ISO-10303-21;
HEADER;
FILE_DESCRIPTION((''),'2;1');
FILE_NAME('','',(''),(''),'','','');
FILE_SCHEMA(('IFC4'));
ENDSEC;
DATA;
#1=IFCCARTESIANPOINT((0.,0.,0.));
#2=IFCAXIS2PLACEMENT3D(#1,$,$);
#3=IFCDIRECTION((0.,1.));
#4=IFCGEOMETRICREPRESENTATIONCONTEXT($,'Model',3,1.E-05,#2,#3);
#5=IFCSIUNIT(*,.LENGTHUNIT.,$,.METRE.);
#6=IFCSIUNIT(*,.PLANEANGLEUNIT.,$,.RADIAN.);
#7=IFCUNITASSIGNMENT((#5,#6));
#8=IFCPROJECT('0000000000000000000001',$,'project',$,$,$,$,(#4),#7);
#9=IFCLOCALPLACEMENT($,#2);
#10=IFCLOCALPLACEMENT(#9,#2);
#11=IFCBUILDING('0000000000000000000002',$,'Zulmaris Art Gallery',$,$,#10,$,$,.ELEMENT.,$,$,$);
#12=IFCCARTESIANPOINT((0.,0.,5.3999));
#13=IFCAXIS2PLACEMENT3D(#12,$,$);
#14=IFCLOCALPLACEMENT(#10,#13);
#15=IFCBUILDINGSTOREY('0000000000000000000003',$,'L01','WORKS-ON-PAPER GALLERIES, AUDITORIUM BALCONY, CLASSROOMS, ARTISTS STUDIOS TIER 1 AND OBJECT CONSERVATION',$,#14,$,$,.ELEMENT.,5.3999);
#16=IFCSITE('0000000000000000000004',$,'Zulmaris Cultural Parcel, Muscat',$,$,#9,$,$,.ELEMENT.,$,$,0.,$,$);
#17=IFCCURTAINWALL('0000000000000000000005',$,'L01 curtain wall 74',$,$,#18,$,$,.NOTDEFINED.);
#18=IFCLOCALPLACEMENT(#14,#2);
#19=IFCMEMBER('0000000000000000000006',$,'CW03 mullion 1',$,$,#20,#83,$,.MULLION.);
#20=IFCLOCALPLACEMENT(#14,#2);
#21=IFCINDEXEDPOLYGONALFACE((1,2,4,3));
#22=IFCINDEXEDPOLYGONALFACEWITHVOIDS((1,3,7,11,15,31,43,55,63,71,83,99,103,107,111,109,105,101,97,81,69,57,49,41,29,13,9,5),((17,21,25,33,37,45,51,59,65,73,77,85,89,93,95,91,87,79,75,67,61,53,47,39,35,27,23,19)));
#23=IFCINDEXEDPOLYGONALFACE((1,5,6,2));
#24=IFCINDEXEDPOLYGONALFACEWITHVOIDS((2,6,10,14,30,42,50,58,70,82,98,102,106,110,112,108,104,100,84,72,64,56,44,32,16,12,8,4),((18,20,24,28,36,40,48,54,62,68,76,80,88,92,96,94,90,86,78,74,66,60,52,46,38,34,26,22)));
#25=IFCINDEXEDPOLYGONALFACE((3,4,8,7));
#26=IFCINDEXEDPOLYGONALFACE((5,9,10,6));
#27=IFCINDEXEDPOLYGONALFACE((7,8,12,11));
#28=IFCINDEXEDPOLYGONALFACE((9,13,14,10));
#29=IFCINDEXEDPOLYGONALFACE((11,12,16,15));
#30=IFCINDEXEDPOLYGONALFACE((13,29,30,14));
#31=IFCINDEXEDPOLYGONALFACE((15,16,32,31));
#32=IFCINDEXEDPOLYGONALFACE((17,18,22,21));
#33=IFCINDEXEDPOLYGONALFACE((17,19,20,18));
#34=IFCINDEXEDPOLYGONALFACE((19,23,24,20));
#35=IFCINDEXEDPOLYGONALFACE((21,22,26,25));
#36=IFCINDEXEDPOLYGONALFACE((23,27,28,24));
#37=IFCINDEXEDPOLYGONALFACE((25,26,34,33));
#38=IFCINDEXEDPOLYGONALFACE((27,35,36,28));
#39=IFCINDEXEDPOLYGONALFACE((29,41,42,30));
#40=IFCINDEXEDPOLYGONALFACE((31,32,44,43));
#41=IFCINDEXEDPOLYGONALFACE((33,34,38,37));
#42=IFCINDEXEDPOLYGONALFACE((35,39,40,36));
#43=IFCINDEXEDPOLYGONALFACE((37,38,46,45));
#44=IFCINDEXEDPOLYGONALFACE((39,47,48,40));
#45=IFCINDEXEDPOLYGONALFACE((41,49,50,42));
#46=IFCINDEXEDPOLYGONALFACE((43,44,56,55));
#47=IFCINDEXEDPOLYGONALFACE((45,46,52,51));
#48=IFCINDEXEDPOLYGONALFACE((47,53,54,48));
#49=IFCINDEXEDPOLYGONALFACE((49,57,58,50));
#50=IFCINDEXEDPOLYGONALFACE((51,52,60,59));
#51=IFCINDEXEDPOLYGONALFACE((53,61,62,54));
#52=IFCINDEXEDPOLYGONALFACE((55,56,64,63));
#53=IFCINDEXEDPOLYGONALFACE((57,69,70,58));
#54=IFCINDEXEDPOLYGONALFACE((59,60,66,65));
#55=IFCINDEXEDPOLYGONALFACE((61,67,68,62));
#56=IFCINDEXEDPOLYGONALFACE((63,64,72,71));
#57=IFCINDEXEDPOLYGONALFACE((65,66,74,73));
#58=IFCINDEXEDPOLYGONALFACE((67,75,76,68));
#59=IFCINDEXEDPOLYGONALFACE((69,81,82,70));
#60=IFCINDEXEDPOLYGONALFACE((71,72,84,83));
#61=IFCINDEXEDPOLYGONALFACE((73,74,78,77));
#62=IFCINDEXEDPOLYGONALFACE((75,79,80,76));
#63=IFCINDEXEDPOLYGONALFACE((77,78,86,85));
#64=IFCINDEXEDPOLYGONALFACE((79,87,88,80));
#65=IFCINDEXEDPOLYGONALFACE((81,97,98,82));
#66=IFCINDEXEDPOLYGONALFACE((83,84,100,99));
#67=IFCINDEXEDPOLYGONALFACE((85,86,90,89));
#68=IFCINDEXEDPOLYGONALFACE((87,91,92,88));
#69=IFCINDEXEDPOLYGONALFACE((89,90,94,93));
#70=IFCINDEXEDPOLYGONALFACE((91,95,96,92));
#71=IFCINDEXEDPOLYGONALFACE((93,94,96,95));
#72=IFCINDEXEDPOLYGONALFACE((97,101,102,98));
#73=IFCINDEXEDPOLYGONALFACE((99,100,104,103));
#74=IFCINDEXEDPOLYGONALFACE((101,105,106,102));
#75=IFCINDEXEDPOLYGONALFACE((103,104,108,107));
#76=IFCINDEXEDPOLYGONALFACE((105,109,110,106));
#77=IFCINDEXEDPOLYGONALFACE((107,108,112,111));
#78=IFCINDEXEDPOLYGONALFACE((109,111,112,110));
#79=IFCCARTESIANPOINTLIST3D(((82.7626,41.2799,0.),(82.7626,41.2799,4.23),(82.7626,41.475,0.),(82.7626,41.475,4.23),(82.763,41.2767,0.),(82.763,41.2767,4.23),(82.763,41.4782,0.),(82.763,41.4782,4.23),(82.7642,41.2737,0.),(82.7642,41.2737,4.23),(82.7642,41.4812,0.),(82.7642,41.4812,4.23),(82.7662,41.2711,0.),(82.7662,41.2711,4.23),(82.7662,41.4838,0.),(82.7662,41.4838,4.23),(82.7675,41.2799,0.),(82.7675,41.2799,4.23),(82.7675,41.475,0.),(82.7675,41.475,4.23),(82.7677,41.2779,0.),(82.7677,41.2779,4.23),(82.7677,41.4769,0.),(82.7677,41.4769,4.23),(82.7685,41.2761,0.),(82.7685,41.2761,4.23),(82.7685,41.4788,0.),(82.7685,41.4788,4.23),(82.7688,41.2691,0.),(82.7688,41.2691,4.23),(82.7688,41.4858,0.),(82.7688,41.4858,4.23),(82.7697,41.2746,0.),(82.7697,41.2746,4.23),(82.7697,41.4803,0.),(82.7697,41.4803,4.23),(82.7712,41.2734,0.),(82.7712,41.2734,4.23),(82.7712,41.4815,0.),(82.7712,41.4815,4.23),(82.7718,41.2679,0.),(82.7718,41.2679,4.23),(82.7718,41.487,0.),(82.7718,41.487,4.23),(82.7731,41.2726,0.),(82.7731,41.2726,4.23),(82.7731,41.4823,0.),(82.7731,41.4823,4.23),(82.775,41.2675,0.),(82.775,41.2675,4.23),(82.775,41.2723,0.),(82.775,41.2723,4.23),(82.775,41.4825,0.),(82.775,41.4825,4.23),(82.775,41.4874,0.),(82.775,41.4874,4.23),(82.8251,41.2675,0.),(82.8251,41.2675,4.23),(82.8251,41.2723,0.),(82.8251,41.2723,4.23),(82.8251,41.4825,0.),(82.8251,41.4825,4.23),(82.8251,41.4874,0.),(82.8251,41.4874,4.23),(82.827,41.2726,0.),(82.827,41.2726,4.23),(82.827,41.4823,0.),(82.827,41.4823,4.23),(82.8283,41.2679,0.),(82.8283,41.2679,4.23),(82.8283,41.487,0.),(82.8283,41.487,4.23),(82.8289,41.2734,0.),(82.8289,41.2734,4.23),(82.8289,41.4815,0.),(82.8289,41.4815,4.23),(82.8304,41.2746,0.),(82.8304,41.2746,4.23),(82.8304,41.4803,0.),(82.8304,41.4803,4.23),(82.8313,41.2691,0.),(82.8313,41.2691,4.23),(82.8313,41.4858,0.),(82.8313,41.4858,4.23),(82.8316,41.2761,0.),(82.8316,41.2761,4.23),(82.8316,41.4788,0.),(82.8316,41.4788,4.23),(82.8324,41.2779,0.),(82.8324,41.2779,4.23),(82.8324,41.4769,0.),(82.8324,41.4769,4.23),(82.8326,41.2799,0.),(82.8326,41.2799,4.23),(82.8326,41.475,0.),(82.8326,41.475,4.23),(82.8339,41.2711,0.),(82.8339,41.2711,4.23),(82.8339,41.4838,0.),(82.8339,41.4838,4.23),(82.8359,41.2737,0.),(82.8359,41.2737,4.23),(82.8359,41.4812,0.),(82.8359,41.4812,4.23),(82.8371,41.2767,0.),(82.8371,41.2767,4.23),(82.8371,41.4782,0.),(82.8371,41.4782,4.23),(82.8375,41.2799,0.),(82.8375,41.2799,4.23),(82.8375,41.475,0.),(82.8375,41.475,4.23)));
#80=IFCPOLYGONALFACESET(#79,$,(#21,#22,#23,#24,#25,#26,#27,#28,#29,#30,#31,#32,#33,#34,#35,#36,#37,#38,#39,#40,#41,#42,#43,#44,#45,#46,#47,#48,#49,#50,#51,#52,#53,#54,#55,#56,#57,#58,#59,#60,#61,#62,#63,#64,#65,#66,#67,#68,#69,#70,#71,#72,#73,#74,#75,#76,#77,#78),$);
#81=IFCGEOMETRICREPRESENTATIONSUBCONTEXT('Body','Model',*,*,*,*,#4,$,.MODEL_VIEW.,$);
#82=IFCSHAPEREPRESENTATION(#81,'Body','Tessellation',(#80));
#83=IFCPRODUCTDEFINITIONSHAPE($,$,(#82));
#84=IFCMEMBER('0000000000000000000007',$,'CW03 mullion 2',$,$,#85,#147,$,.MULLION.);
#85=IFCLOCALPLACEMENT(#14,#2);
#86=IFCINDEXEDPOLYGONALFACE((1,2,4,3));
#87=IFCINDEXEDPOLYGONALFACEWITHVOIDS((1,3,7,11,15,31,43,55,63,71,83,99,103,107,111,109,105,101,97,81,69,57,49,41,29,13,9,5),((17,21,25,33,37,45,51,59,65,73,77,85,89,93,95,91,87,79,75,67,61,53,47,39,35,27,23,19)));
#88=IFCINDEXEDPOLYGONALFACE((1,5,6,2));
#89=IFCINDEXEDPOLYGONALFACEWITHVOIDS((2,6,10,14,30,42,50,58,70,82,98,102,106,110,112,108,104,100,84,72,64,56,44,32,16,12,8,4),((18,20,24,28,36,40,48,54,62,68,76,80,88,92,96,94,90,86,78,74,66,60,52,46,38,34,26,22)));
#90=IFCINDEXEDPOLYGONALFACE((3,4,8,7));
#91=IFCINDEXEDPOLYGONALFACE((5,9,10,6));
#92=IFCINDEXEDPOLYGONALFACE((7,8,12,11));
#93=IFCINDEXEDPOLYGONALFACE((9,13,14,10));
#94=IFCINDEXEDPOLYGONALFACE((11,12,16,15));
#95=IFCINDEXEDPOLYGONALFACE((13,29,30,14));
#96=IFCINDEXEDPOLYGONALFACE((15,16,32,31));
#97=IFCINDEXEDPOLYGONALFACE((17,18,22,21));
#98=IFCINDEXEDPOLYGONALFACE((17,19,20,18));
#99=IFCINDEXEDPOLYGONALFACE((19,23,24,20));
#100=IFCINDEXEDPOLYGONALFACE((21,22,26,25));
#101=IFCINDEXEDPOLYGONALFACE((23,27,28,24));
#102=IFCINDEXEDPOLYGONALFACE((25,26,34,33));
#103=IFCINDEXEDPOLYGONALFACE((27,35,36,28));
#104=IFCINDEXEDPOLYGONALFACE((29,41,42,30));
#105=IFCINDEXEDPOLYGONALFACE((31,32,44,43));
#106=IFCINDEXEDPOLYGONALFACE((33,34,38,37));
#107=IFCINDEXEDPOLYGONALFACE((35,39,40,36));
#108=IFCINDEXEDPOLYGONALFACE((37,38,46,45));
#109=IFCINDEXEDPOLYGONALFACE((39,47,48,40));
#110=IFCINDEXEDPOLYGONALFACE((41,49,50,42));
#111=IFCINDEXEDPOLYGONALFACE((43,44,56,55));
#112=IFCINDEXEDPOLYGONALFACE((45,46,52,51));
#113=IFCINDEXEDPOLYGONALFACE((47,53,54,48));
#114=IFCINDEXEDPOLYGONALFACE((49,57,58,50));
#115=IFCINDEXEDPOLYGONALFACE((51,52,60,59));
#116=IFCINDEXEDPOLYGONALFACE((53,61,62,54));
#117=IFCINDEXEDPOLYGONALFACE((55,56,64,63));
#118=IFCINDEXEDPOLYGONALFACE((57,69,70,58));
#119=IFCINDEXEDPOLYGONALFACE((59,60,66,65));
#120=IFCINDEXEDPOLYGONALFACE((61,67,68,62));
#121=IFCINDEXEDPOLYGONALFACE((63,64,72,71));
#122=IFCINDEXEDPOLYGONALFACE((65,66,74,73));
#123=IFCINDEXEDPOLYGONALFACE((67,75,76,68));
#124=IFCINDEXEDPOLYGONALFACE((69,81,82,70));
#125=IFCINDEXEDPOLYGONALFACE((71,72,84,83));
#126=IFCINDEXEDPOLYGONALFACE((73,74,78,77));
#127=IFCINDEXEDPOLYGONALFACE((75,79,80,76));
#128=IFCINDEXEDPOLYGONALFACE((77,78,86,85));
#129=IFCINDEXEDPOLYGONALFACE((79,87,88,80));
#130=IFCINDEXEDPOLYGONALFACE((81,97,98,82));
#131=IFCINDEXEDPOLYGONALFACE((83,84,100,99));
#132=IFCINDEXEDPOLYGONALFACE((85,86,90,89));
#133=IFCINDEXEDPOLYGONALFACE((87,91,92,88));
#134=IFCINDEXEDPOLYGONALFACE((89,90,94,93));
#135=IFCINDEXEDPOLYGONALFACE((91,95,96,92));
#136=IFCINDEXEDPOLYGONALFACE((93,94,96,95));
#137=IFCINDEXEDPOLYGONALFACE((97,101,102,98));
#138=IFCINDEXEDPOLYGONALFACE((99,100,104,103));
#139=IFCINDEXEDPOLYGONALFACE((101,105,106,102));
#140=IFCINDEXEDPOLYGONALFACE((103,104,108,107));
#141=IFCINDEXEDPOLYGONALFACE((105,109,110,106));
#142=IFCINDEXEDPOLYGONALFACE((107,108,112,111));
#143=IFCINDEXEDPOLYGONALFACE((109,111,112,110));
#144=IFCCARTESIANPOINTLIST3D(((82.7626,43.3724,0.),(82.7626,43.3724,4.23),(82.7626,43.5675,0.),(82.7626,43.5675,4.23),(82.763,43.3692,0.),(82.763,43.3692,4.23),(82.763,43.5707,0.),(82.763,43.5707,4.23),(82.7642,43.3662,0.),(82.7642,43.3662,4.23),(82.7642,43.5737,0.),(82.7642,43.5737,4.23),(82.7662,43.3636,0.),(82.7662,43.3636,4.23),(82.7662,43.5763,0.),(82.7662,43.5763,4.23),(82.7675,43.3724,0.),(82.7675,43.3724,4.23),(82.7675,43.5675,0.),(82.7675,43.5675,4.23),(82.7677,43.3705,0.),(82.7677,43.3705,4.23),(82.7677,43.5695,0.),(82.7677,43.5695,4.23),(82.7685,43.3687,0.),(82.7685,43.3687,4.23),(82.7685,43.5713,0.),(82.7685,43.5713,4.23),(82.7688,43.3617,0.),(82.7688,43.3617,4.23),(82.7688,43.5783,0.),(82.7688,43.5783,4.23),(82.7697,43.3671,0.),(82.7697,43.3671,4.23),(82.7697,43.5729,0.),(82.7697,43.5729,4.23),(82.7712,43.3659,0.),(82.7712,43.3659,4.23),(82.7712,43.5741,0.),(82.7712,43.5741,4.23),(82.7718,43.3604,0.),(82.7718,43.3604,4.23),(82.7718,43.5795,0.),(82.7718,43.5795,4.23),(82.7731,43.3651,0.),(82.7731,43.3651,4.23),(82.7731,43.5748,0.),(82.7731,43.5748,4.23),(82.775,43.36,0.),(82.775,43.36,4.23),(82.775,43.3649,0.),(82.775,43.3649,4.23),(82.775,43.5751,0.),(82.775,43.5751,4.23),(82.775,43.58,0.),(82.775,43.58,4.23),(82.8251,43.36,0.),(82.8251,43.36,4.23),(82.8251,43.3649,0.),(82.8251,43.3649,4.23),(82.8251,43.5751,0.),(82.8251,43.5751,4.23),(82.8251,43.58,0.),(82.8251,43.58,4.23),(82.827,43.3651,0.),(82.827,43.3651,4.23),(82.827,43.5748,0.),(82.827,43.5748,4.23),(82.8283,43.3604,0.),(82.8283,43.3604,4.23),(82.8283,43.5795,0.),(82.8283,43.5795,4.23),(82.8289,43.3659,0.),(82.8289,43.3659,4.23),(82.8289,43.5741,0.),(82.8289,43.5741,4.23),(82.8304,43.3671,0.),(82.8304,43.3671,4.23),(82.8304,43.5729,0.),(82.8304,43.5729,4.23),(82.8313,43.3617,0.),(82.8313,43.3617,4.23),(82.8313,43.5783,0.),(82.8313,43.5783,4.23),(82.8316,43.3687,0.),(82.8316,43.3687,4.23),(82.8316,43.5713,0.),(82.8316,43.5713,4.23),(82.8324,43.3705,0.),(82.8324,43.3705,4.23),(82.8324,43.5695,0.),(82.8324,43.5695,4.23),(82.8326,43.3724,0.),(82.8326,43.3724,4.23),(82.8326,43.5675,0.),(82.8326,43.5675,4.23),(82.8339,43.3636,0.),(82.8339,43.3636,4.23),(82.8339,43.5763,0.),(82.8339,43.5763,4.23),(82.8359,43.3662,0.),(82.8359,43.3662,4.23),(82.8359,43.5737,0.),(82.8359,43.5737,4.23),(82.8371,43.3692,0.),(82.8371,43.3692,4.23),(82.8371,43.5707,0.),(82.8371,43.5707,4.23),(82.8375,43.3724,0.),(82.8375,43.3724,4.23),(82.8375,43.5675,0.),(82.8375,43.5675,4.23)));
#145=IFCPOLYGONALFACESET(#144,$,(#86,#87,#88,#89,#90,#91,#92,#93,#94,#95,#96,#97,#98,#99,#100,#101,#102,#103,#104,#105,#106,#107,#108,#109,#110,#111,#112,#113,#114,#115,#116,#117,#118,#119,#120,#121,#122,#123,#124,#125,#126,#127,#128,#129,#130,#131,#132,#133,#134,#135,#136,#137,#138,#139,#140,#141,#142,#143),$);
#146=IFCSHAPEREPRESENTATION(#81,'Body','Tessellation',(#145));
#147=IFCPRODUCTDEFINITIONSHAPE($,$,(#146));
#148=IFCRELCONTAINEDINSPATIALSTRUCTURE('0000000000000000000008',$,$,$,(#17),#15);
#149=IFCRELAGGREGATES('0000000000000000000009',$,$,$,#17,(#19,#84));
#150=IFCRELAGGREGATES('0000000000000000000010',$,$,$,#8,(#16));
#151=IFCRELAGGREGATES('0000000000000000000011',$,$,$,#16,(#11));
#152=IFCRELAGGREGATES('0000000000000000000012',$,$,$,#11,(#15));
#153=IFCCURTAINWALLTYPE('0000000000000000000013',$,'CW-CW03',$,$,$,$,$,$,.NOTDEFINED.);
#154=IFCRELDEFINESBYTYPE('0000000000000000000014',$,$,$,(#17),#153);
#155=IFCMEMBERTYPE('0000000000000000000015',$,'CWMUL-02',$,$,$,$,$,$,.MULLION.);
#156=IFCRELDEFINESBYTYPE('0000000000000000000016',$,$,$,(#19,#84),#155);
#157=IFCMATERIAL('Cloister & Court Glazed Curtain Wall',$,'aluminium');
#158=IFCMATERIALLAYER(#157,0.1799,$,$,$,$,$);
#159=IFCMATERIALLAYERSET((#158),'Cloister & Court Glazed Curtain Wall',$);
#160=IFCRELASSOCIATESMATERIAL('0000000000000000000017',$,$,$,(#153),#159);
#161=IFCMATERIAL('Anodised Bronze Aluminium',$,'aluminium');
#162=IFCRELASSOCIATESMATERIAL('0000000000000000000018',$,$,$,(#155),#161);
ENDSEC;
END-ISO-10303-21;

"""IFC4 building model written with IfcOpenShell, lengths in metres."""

from ifc_helpers import new_model, si_unit, direction, frame, origin, origin_2d, place, context, subcontext, project, spatial, hollow_rectangle, extrude, material, layer, layer_set, material_profile, profile_set, type_object, element, aggregate, save


model = new_model("IFC4")

# Units and contexts
model_context = context("Model", 3, precision=1e-05, world=origin(), true_north=direction((0.0, 1.0)))
body_context = subcontext(model_context, "Body", "Model", "MODEL_VIEW")
ifc_project = project(units=[si_unit("LENGTHUNIT", "METRE"), si_unit("PLANEANGLEUNIT", "RADIAN")], contexts=[model_context])

# Site, building, storey
site_placement = place(None, origin())
site = spatial("IfcSite", under=ifc_project, at=site_placement, Name="Zulmaris Cultural Parcel, Muscat", CompositionType="ELEMENT", RefElevation=0.0)
building_placement = place(site_placement, origin())
building = spatial("IfcBuilding", under=site, at=building_placement, Name="Zulmaris Art Gallery", CompositionType="ELEMENT")
storey_placement = place(building_placement, frame((0.0, 0.0, 5.3999)))
storey = spatial("IfcBuildingStorey", under=building, at=storey_placement, Name="L01", Description="WORKS-ON-PAPER GALLERIES, AUDITORIUM BALCONY, CLASSROOMS, ARTISTS STUDIOS TIER 1 AND OBJECT CONSERVATION", CompositionType="ELEMENT", Elevation=5.3999)

# Curtain wall, members
ifc_material_1 = material(Name="Cloister & Court Glazed Curtain Wall", Category="aluminium")
ifc_layer_1 = layer(ifc_material_1, 0.1799)
ifc_layer_set_1 = layer_set([ifc_layer_1], Name="Cloister & Court Glazed Curtain Wall")
curtain_wall_type = type_object("IfcCurtainWallType", Name="CW-CW03", PredefinedType="NOTDEFINED", material=ifc_layer_set_1)
curtain_wall_placement = place(storey_placement, origin())
curtain_wall = element("IfcCurtainWall", 1, at=curtain_wall_placement, inside=storey, type_object=curtain_wall_type, Name="L01 curtain wall 74", PredefinedType="NOTDEFINED")
ifc_material_2 = material(Name="Anodised Bronze Aluminium", Category="aluminium")
ifc_material_profile_1 = material_profile(ifc_material_2, hollow_rectangle(XDim=0.075, YDim=0.22, WallThickness=0.0049, InnerFilletRadius=0.0076, OuterFilletRadius=0.0125, at=origin_2d()), Name="ALU 75x220x5")
ifc_profile_set_1 = profile_set([ifc_material_profile_1], Name="Anodised Bronze Aluminium")
member_type_1 = type_object("IfcMemberType", Name="CWMUL-02", PredefinedType="MULLION", material=ifc_profile_set_1)
member_1_placement = place(storey_placement, frame((82.8, 41.3774, 0.0), z_axis=(0.0, 0.0, 1.0), x_axis=(-1.0, 0.0, 0.0)))
member_1 = element("IfcMember", 2, at=member_1_placement, type_object=member_type_1, Name="CW03 mullion 1", PredefinedType="MULLION", context=body_context, shape_type="SweptSolid", body=[
    extrude(hollow_rectangle(XDim=0.075, YDim=0.22, WallThickness=0.0049, InnerFilletRadius=0.0076, OuterFilletRadius=0.0125, at=origin_2d()), origin(), (0.0, 0.0, 1.0), 4.23),
])
member_2_placement = place(storey_placement, frame((82.8, 43.47, 0.0), z_axis=(0.0, 0.0, 1.0), x_axis=(-1.0, 0.0, 0.0)))
member_2 = element("IfcMember", 3, at=member_2_placement, type_object=member_type_1, Name="CW03 mullion 2", PredefinedType="MULLION", context=body_context, shape_type="SweptSolid", body=[
    extrude(hollow_rectangle(XDim=0.075, YDim=0.22, WallThickness=0.0049, InnerFilletRadius=0.0076, OuterFilletRadius=0.0125, at=origin_2d()), origin(), (0.0, 0.0, 1.0), 4.23),
])
aggregate(curtain_wall, [member_1, member_2])

save(model, "model.ifc")
